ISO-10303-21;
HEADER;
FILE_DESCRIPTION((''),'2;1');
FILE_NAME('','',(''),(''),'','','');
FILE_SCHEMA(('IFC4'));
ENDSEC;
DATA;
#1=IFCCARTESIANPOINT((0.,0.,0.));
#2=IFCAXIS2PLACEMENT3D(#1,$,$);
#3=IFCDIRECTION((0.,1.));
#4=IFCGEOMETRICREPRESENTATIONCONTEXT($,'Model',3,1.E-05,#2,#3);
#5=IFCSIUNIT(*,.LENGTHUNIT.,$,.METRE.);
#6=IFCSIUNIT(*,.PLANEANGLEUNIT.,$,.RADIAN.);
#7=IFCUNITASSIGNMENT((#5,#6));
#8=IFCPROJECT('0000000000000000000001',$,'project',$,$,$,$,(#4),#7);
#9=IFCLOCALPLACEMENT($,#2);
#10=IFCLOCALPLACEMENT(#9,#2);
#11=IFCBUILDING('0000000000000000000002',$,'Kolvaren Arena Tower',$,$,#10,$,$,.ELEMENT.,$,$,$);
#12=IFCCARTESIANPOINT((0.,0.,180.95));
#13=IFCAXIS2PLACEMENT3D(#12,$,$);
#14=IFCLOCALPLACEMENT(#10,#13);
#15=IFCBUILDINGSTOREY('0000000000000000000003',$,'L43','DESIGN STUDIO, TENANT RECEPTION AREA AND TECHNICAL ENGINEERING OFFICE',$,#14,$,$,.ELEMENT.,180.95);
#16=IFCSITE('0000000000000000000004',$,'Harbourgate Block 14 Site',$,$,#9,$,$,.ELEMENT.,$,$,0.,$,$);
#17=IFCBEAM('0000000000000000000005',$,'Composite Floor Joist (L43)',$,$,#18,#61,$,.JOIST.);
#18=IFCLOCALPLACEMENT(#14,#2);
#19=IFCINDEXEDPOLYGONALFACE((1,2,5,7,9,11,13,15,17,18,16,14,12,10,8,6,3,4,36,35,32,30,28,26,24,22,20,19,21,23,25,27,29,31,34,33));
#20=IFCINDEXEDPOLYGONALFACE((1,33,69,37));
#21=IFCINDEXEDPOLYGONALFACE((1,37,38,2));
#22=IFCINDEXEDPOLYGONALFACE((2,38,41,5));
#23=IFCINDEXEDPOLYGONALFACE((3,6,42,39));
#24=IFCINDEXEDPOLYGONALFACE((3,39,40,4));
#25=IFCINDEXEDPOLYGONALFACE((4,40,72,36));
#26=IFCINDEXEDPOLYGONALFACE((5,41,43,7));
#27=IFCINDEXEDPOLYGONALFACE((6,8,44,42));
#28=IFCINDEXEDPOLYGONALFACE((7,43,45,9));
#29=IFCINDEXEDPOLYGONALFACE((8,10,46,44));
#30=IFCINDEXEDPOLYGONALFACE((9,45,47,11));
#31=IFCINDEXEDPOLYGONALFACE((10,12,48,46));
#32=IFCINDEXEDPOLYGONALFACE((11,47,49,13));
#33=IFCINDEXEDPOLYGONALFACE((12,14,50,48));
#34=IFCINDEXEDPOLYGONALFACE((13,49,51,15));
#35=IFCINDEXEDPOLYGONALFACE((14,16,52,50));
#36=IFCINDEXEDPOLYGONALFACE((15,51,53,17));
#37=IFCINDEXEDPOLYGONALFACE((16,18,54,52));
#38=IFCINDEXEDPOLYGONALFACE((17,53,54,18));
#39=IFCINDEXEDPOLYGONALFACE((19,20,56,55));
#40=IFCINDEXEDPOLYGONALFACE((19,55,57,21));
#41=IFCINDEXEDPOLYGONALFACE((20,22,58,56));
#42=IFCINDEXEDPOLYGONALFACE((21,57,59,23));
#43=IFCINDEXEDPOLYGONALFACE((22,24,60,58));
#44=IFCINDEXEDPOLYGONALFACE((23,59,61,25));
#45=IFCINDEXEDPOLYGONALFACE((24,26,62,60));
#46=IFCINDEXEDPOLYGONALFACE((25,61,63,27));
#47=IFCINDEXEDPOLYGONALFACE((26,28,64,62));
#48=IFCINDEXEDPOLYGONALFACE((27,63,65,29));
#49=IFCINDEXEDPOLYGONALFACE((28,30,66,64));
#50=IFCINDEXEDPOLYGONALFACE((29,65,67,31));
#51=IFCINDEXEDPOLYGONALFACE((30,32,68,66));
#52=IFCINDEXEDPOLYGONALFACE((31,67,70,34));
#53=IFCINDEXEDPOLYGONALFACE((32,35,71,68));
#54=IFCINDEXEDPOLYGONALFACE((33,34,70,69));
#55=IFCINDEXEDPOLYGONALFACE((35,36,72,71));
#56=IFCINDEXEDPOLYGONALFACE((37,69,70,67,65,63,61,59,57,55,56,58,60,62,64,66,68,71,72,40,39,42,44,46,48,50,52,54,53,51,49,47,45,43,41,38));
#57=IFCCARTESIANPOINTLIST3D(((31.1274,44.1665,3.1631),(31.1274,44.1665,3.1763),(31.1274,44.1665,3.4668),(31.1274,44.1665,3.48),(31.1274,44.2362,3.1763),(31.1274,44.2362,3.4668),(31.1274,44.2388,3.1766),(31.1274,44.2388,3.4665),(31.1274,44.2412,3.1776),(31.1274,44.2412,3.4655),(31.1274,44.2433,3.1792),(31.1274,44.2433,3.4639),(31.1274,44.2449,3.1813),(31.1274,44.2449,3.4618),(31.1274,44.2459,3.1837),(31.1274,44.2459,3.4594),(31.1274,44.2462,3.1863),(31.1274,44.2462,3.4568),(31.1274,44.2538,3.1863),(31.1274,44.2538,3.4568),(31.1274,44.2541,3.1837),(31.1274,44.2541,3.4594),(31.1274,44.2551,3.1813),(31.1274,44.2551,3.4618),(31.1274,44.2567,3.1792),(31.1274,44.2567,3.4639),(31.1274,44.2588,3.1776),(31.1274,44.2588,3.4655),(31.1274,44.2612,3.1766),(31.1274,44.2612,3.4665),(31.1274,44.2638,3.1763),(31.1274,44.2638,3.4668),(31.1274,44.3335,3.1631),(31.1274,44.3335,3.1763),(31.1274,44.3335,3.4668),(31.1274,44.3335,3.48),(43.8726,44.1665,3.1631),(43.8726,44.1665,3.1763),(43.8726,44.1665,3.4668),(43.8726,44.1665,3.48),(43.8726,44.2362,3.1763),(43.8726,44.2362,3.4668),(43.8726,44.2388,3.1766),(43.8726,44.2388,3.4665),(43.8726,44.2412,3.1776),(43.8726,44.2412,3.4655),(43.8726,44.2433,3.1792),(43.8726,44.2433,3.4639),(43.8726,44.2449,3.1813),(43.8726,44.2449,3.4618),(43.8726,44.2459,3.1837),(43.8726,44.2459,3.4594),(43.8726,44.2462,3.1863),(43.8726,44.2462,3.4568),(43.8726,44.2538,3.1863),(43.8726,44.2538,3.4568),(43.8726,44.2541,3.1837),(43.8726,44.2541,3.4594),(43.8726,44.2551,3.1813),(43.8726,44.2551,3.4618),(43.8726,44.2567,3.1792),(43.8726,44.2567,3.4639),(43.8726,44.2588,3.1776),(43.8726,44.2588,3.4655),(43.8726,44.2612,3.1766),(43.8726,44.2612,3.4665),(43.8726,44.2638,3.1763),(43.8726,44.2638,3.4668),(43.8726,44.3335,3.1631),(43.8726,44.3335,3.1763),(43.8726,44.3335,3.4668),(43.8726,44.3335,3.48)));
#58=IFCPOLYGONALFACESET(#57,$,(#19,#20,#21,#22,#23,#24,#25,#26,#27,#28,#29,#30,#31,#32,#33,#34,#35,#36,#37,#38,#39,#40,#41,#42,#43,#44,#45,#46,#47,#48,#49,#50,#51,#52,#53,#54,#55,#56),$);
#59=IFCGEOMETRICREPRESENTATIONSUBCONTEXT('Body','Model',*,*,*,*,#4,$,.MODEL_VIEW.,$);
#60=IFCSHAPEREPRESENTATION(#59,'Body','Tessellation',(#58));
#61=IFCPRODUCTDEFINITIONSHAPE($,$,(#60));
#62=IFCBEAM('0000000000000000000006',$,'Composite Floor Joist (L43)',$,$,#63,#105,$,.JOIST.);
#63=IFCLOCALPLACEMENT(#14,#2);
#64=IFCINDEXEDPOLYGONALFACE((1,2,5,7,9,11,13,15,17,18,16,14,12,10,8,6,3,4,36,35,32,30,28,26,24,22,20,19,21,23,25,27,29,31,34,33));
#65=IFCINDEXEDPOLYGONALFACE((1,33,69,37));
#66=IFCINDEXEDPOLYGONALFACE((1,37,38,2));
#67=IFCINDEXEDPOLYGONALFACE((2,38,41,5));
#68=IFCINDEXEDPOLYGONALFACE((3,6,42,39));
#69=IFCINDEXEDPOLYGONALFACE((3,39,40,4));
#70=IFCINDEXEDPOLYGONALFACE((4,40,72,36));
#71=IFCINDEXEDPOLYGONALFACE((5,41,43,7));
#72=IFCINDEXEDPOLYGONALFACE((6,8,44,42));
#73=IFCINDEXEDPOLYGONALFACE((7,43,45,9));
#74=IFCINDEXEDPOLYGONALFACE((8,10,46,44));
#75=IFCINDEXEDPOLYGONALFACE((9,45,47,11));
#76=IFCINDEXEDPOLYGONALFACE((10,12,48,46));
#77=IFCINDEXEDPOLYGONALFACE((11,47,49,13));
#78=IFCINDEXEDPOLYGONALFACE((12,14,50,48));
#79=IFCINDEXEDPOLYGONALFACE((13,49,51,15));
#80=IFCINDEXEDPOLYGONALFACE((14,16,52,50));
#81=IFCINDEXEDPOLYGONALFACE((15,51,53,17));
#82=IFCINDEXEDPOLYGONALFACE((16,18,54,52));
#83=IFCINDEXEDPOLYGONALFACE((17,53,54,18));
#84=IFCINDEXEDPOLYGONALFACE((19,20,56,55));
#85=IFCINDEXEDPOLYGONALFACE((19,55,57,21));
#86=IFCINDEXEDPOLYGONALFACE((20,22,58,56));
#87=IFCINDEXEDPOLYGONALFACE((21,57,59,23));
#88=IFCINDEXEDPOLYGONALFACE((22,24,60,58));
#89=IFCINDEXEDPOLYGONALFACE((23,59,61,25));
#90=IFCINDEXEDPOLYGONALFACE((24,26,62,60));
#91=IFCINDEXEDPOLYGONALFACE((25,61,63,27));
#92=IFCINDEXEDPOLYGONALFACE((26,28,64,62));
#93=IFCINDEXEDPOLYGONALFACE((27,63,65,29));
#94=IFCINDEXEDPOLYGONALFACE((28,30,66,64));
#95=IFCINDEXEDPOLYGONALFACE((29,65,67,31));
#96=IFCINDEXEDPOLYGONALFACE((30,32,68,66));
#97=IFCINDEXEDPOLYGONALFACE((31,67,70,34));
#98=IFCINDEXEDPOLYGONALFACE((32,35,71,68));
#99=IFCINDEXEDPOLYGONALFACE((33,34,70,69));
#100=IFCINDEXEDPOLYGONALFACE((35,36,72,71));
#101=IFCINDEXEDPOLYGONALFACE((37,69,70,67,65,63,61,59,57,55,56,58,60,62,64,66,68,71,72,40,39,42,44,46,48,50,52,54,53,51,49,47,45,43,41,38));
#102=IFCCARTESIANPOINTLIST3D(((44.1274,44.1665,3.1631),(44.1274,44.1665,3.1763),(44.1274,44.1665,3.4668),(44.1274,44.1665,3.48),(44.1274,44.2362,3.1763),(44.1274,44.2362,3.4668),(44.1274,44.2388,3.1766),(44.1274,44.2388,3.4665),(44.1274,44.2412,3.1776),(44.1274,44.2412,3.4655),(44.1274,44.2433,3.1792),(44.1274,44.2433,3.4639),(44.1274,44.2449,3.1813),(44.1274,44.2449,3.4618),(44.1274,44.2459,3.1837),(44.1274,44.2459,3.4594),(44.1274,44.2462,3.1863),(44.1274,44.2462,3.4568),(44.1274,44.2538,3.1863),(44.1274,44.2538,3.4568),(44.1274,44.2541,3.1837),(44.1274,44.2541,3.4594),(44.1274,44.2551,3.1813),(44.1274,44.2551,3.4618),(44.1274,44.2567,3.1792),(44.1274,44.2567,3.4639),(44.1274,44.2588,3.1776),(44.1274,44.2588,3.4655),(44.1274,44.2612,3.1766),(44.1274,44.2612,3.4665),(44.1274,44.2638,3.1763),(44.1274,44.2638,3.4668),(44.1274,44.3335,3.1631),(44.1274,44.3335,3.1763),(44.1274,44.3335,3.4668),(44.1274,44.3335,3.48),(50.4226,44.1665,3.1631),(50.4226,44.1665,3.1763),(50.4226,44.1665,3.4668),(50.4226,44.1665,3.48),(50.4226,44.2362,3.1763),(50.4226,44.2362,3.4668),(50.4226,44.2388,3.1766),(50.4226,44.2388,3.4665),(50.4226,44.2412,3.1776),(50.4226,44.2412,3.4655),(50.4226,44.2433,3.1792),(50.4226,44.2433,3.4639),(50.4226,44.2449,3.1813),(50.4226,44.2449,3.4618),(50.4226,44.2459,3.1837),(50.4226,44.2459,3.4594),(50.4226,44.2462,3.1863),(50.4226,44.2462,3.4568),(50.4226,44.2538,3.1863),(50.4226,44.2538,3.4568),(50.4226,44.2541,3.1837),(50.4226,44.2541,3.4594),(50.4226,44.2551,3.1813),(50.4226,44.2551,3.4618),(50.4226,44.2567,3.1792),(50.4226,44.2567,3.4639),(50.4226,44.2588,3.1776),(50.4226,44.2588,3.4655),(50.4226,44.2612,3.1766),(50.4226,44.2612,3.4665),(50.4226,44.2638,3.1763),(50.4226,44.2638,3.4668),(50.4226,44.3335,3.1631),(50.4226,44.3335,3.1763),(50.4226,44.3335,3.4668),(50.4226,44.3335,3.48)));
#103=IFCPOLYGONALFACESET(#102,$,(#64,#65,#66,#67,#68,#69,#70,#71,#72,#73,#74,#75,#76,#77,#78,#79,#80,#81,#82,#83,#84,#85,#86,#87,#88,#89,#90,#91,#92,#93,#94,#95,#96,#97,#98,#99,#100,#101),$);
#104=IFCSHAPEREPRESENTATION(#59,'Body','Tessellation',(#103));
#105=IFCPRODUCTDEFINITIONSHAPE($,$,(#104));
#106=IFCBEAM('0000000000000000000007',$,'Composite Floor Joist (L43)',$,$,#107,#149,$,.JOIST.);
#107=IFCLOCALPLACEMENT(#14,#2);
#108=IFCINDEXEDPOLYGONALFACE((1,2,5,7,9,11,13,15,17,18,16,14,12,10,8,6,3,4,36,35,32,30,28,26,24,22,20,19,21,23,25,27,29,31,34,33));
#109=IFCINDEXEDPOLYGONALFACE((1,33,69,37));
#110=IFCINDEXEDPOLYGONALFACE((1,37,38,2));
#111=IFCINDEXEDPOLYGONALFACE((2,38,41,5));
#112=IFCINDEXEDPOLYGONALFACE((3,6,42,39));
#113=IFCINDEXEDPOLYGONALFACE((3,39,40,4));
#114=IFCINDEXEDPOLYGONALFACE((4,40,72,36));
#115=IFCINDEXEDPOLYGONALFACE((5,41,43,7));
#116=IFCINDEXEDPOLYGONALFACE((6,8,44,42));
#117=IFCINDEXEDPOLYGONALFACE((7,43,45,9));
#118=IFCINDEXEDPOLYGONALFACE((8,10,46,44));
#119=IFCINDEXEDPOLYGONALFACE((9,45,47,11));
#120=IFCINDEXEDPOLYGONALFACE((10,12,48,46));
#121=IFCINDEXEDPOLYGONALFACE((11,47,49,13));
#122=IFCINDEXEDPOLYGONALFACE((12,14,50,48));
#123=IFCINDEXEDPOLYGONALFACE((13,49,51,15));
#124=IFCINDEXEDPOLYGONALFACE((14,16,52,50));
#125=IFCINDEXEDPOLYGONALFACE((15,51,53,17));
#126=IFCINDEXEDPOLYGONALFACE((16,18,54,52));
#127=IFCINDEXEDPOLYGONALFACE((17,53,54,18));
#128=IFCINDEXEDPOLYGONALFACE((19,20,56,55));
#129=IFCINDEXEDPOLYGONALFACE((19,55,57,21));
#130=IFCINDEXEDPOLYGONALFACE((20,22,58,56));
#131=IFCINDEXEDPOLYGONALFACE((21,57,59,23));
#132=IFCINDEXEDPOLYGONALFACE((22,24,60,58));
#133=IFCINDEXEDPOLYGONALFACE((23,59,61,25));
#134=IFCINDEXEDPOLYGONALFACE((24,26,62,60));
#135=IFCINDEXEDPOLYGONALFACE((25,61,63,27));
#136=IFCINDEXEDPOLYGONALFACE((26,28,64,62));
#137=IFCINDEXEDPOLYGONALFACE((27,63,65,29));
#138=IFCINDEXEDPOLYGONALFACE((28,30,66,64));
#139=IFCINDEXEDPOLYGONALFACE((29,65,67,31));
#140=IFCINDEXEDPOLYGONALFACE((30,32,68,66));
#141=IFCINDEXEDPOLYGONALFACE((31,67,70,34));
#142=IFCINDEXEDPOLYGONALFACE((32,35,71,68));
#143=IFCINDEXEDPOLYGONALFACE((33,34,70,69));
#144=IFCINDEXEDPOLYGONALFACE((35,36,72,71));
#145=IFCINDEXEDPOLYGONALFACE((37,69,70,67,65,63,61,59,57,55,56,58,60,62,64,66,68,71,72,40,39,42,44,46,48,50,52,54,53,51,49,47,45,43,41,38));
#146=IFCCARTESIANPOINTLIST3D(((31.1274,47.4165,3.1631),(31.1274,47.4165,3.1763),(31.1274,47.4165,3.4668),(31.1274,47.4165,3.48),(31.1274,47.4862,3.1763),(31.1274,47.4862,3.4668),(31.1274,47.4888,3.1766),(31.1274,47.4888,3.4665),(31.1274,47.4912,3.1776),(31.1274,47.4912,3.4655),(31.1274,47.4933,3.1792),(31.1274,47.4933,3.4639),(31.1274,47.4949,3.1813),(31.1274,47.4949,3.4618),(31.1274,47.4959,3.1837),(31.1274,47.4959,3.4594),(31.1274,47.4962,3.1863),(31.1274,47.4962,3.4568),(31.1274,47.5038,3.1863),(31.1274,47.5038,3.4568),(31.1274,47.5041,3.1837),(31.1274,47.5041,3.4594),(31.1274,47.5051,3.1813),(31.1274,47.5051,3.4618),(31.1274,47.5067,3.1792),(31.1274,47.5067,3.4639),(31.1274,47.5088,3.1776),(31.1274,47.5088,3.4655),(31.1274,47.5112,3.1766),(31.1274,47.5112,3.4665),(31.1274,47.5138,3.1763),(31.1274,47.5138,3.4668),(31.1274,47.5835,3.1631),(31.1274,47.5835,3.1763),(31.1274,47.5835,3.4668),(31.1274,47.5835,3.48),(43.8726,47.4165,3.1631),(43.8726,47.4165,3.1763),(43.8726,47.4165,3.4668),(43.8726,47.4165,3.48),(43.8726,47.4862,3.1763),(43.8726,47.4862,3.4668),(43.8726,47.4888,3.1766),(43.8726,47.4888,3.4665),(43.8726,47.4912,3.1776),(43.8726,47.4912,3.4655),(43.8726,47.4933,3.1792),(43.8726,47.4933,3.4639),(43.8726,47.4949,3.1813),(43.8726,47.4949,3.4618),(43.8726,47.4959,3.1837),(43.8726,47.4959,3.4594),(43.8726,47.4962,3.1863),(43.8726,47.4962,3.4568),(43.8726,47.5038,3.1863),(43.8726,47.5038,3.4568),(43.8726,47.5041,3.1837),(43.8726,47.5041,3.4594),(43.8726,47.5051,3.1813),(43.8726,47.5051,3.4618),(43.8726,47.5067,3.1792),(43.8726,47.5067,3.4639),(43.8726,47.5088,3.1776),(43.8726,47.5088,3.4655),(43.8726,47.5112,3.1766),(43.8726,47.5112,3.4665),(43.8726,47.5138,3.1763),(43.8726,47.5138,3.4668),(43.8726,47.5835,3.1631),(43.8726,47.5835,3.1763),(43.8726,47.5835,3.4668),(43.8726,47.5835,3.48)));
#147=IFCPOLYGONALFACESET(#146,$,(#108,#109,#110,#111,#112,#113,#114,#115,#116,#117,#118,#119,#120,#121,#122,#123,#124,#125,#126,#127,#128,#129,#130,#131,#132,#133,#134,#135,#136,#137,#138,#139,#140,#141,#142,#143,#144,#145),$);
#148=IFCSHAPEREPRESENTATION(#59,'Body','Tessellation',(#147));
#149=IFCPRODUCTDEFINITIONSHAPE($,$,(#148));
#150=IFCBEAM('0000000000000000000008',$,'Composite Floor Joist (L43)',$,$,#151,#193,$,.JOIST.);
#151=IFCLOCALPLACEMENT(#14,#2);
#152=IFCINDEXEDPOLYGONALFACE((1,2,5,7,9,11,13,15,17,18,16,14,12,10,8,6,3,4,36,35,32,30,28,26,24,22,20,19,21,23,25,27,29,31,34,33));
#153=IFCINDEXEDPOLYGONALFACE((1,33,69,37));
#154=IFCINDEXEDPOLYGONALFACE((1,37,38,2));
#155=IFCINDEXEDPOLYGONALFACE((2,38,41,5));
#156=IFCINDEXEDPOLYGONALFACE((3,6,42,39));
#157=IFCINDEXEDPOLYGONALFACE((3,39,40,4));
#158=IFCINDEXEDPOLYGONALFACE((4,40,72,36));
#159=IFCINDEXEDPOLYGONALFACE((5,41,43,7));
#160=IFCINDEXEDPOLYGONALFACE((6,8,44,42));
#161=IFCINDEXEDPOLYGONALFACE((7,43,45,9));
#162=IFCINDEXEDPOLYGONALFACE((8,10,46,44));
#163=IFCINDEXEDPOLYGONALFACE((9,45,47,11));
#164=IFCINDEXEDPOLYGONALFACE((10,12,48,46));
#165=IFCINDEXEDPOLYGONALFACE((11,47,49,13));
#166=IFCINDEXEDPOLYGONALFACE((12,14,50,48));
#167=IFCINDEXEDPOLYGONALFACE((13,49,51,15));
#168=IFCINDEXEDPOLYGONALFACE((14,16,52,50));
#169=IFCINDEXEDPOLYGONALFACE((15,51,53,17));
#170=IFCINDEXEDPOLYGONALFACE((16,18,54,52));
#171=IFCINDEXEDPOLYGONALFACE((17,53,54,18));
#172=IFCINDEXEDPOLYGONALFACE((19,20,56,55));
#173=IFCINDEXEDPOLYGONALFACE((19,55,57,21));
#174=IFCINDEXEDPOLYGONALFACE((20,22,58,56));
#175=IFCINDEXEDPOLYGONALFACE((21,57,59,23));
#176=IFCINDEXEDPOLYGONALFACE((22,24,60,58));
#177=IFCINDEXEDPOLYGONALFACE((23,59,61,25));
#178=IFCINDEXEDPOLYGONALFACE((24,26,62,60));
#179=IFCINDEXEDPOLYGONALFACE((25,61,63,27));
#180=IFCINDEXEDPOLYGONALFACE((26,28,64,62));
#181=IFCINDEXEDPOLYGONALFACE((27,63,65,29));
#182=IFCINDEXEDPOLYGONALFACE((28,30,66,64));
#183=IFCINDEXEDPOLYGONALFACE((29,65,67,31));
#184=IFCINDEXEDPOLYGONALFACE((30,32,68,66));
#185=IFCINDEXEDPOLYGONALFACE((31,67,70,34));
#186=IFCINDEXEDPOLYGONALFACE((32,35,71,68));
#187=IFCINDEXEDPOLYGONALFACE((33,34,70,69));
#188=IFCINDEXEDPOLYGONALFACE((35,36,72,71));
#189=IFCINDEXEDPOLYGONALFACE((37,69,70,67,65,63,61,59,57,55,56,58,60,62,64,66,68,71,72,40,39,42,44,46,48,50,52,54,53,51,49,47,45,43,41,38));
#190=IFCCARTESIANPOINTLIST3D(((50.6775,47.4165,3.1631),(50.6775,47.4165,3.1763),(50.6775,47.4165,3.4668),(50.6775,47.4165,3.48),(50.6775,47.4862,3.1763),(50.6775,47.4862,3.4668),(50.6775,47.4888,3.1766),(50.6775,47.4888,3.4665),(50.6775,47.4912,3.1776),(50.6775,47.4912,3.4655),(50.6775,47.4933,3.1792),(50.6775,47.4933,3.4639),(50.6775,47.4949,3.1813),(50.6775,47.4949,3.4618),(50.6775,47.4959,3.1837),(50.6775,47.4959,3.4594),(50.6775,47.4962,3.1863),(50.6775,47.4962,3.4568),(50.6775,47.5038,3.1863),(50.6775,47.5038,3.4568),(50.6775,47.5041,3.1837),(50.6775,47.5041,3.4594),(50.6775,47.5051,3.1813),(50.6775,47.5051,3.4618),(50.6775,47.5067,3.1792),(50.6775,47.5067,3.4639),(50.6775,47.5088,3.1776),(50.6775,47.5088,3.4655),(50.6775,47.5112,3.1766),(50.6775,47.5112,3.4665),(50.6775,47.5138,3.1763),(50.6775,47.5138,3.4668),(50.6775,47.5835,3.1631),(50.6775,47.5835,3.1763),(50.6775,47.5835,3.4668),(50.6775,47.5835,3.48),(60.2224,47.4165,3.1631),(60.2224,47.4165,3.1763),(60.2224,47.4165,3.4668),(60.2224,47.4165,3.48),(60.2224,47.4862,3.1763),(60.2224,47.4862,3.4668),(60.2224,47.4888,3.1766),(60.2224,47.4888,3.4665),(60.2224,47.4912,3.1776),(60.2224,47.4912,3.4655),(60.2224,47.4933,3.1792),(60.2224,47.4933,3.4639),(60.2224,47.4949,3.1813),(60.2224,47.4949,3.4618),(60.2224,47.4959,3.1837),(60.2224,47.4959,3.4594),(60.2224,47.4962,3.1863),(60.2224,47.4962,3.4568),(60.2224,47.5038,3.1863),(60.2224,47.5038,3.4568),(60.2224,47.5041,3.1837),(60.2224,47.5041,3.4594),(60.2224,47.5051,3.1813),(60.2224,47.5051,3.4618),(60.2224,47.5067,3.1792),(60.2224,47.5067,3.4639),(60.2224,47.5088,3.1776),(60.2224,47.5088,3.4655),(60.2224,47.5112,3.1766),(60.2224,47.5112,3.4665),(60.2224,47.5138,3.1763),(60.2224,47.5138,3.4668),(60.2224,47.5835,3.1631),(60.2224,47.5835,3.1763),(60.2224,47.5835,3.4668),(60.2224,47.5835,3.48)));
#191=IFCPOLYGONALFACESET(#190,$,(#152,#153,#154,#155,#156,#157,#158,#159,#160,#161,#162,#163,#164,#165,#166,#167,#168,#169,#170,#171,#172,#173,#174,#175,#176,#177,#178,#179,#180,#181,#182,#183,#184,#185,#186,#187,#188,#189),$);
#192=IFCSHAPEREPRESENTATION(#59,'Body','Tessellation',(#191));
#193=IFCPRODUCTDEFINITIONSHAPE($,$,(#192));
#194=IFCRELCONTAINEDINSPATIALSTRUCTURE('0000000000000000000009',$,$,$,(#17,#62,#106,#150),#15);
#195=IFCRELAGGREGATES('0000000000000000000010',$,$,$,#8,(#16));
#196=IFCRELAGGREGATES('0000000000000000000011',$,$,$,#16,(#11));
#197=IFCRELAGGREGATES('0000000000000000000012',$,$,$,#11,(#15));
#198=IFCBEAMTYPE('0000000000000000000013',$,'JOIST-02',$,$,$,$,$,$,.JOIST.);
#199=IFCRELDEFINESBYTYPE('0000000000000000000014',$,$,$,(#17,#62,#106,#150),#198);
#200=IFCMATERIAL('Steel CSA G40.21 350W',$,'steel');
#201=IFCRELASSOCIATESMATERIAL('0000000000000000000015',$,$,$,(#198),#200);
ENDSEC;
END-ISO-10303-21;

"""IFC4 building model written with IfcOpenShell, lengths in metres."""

from ifc_helpers import new_model, si_unit, direction, frame, origin, origin_2d, place, context, subcontext, project, spatial, i_section, extrude, material, material_profile, profile_set, type_object, element, save


model = new_model("IFC4")

# Units and contexts
model_context = context("Model", 3, precision=1e-05, world=origin(), true_north=direction((0.0, 1.0)))
body_context = subcontext(model_context, "Body", "Model", "MODEL_VIEW")
ifc_project = project(units=[si_unit("LENGTHUNIT", "METRE"), si_unit("PLANEANGLEUNIT", "RADIAN")], contexts=[model_context])

# Site, building, storey
site_placement = place(None, origin())
site = spatial("IfcSite", under=ifc_project, at=site_placement, Name="Harbourgate Block 14 Site", CompositionType="ELEMENT", RefElevation=0.0)
building_placement = place(site_placement, origin())
building = spatial("IfcBuilding", under=site, at=building_placement, Name="Kolvaren Arena Tower", CompositionType="ELEMENT")
storey_placement = place(building_placement, frame((0.0, 0.0, 180.95)))
storey = spatial("IfcBuildingStorey", under=building, at=storey_placement, Name="L43", Description="DESIGN STUDIO, TENANT RECEPTION AREA AND TECHNICAL ENGINEERING OFFICE", CompositionType="ELEMENT", Elevation=180.95)

# Beams
ifc_material_1 = material(Name="Steel CSA G40.21 350W", Category="steel")
ifc_material_profile_1 = material_profile(ifc_material_1, i_section(OverallWidth=0.167, OverallDepth=0.3169, WebThickness=0.0076, FlangeThickness=0.0132, FilletRadius=0.01, at=origin_2d()), Name="W310x52")
ifc_profile_set_1 = profile_set([ifc_material_profile_1], Name="Steel CSA G40.21 350W")
beam_type_1 = type_object("IfcBeamType", Name="JOIST-02", PredefinedType="JOIST", material=ifc_profile_set_1)
beam_1_placement = place(storey_placement, frame((31.1274, 44.25, 3.3215), z_axis=(1.0, 0.0, 0.0), x_axis=(0.0, 1.0, 0.0)))
element("IfcBeam", 1, at=beam_1_placement, inside=storey, type_object=beam_type_1, Name="Composite Floor Joist (L43)", PredefinedType="JOIST", context=body_context, shape_type="SweptSolid", body=[
    extrude(i_section(OverallWidth=0.167, OverallDepth=0.3169, WebThickness=0.0076, FlangeThickness=0.0132, FilletRadius=0.01, at=origin_2d()), origin(), (0.0, 0.0, 1.0), 12.7451),
])
beam_2_placement = place(storey_placement, frame((44.1274, 44.25, 3.3215), z_axis=(1.0, 0.0, 0.0), x_axis=(0.0, 1.0, 0.0)))
element("IfcBeam", 2, at=beam_2_placement, inside=storey, type_object=beam_type_1, Name="Composite Floor Joist (L43)", PredefinedType="JOIST", context=body_context, shape_type="SweptSolid", body=[
    extrude(i_section(OverallWidth=0.167, OverallDepth=0.3169, WebThickness=0.0076, FlangeThickness=0.0132, FilletRadius=0.01, at=origin_2d()), origin(), (0.0, 0.0, 1.0), 6.2952),
])
beam_3_placement = place(storey_placement, frame((31.1274, 47.5, 3.3215), z_axis=(1.0, 0.0, 0.0), x_axis=(0.0, 1.0, 0.0)))
element("IfcBeam", 3, at=beam_3_placement, inside=storey, type_object=beam_type_1, Name="Composite Floor Joist (L43)", PredefinedType="JOIST", context=body_context, shape_type="SweptSolid", body=[
    extrude(i_section(OverallWidth=0.167, OverallDepth=0.3169, WebThickness=0.0076, FlangeThickness=0.0132, FilletRadius=0.01, at=origin_2d()), origin(), (0.0, 0.0, 1.0), 12.7451),
])
beam_4_placement = place(storey_placement, frame((50.6775, 47.5, 3.3215), z_axis=(1.0, 0.0, 0.0), x_axis=(0.0, 1.0, 0.0)))
element("IfcBeam", 4, at=beam_4_placement, inside=storey, type_object=beam_type_1, Name="Composite Floor Joist (L43)", PredefinedType="JOIST", context=body_context, shape_type="SweptSolid", body=[
    extrude(i_section(OverallWidth=0.167, OverallDepth=0.3169, WebThickness=0.0076, FlangeThickness=0.0132, FilletRadius=0.01, at=origin_2d()), origin(), (0.0, 0.0, 1.0), 9.5449),
])

save(model, "model.ifc")
